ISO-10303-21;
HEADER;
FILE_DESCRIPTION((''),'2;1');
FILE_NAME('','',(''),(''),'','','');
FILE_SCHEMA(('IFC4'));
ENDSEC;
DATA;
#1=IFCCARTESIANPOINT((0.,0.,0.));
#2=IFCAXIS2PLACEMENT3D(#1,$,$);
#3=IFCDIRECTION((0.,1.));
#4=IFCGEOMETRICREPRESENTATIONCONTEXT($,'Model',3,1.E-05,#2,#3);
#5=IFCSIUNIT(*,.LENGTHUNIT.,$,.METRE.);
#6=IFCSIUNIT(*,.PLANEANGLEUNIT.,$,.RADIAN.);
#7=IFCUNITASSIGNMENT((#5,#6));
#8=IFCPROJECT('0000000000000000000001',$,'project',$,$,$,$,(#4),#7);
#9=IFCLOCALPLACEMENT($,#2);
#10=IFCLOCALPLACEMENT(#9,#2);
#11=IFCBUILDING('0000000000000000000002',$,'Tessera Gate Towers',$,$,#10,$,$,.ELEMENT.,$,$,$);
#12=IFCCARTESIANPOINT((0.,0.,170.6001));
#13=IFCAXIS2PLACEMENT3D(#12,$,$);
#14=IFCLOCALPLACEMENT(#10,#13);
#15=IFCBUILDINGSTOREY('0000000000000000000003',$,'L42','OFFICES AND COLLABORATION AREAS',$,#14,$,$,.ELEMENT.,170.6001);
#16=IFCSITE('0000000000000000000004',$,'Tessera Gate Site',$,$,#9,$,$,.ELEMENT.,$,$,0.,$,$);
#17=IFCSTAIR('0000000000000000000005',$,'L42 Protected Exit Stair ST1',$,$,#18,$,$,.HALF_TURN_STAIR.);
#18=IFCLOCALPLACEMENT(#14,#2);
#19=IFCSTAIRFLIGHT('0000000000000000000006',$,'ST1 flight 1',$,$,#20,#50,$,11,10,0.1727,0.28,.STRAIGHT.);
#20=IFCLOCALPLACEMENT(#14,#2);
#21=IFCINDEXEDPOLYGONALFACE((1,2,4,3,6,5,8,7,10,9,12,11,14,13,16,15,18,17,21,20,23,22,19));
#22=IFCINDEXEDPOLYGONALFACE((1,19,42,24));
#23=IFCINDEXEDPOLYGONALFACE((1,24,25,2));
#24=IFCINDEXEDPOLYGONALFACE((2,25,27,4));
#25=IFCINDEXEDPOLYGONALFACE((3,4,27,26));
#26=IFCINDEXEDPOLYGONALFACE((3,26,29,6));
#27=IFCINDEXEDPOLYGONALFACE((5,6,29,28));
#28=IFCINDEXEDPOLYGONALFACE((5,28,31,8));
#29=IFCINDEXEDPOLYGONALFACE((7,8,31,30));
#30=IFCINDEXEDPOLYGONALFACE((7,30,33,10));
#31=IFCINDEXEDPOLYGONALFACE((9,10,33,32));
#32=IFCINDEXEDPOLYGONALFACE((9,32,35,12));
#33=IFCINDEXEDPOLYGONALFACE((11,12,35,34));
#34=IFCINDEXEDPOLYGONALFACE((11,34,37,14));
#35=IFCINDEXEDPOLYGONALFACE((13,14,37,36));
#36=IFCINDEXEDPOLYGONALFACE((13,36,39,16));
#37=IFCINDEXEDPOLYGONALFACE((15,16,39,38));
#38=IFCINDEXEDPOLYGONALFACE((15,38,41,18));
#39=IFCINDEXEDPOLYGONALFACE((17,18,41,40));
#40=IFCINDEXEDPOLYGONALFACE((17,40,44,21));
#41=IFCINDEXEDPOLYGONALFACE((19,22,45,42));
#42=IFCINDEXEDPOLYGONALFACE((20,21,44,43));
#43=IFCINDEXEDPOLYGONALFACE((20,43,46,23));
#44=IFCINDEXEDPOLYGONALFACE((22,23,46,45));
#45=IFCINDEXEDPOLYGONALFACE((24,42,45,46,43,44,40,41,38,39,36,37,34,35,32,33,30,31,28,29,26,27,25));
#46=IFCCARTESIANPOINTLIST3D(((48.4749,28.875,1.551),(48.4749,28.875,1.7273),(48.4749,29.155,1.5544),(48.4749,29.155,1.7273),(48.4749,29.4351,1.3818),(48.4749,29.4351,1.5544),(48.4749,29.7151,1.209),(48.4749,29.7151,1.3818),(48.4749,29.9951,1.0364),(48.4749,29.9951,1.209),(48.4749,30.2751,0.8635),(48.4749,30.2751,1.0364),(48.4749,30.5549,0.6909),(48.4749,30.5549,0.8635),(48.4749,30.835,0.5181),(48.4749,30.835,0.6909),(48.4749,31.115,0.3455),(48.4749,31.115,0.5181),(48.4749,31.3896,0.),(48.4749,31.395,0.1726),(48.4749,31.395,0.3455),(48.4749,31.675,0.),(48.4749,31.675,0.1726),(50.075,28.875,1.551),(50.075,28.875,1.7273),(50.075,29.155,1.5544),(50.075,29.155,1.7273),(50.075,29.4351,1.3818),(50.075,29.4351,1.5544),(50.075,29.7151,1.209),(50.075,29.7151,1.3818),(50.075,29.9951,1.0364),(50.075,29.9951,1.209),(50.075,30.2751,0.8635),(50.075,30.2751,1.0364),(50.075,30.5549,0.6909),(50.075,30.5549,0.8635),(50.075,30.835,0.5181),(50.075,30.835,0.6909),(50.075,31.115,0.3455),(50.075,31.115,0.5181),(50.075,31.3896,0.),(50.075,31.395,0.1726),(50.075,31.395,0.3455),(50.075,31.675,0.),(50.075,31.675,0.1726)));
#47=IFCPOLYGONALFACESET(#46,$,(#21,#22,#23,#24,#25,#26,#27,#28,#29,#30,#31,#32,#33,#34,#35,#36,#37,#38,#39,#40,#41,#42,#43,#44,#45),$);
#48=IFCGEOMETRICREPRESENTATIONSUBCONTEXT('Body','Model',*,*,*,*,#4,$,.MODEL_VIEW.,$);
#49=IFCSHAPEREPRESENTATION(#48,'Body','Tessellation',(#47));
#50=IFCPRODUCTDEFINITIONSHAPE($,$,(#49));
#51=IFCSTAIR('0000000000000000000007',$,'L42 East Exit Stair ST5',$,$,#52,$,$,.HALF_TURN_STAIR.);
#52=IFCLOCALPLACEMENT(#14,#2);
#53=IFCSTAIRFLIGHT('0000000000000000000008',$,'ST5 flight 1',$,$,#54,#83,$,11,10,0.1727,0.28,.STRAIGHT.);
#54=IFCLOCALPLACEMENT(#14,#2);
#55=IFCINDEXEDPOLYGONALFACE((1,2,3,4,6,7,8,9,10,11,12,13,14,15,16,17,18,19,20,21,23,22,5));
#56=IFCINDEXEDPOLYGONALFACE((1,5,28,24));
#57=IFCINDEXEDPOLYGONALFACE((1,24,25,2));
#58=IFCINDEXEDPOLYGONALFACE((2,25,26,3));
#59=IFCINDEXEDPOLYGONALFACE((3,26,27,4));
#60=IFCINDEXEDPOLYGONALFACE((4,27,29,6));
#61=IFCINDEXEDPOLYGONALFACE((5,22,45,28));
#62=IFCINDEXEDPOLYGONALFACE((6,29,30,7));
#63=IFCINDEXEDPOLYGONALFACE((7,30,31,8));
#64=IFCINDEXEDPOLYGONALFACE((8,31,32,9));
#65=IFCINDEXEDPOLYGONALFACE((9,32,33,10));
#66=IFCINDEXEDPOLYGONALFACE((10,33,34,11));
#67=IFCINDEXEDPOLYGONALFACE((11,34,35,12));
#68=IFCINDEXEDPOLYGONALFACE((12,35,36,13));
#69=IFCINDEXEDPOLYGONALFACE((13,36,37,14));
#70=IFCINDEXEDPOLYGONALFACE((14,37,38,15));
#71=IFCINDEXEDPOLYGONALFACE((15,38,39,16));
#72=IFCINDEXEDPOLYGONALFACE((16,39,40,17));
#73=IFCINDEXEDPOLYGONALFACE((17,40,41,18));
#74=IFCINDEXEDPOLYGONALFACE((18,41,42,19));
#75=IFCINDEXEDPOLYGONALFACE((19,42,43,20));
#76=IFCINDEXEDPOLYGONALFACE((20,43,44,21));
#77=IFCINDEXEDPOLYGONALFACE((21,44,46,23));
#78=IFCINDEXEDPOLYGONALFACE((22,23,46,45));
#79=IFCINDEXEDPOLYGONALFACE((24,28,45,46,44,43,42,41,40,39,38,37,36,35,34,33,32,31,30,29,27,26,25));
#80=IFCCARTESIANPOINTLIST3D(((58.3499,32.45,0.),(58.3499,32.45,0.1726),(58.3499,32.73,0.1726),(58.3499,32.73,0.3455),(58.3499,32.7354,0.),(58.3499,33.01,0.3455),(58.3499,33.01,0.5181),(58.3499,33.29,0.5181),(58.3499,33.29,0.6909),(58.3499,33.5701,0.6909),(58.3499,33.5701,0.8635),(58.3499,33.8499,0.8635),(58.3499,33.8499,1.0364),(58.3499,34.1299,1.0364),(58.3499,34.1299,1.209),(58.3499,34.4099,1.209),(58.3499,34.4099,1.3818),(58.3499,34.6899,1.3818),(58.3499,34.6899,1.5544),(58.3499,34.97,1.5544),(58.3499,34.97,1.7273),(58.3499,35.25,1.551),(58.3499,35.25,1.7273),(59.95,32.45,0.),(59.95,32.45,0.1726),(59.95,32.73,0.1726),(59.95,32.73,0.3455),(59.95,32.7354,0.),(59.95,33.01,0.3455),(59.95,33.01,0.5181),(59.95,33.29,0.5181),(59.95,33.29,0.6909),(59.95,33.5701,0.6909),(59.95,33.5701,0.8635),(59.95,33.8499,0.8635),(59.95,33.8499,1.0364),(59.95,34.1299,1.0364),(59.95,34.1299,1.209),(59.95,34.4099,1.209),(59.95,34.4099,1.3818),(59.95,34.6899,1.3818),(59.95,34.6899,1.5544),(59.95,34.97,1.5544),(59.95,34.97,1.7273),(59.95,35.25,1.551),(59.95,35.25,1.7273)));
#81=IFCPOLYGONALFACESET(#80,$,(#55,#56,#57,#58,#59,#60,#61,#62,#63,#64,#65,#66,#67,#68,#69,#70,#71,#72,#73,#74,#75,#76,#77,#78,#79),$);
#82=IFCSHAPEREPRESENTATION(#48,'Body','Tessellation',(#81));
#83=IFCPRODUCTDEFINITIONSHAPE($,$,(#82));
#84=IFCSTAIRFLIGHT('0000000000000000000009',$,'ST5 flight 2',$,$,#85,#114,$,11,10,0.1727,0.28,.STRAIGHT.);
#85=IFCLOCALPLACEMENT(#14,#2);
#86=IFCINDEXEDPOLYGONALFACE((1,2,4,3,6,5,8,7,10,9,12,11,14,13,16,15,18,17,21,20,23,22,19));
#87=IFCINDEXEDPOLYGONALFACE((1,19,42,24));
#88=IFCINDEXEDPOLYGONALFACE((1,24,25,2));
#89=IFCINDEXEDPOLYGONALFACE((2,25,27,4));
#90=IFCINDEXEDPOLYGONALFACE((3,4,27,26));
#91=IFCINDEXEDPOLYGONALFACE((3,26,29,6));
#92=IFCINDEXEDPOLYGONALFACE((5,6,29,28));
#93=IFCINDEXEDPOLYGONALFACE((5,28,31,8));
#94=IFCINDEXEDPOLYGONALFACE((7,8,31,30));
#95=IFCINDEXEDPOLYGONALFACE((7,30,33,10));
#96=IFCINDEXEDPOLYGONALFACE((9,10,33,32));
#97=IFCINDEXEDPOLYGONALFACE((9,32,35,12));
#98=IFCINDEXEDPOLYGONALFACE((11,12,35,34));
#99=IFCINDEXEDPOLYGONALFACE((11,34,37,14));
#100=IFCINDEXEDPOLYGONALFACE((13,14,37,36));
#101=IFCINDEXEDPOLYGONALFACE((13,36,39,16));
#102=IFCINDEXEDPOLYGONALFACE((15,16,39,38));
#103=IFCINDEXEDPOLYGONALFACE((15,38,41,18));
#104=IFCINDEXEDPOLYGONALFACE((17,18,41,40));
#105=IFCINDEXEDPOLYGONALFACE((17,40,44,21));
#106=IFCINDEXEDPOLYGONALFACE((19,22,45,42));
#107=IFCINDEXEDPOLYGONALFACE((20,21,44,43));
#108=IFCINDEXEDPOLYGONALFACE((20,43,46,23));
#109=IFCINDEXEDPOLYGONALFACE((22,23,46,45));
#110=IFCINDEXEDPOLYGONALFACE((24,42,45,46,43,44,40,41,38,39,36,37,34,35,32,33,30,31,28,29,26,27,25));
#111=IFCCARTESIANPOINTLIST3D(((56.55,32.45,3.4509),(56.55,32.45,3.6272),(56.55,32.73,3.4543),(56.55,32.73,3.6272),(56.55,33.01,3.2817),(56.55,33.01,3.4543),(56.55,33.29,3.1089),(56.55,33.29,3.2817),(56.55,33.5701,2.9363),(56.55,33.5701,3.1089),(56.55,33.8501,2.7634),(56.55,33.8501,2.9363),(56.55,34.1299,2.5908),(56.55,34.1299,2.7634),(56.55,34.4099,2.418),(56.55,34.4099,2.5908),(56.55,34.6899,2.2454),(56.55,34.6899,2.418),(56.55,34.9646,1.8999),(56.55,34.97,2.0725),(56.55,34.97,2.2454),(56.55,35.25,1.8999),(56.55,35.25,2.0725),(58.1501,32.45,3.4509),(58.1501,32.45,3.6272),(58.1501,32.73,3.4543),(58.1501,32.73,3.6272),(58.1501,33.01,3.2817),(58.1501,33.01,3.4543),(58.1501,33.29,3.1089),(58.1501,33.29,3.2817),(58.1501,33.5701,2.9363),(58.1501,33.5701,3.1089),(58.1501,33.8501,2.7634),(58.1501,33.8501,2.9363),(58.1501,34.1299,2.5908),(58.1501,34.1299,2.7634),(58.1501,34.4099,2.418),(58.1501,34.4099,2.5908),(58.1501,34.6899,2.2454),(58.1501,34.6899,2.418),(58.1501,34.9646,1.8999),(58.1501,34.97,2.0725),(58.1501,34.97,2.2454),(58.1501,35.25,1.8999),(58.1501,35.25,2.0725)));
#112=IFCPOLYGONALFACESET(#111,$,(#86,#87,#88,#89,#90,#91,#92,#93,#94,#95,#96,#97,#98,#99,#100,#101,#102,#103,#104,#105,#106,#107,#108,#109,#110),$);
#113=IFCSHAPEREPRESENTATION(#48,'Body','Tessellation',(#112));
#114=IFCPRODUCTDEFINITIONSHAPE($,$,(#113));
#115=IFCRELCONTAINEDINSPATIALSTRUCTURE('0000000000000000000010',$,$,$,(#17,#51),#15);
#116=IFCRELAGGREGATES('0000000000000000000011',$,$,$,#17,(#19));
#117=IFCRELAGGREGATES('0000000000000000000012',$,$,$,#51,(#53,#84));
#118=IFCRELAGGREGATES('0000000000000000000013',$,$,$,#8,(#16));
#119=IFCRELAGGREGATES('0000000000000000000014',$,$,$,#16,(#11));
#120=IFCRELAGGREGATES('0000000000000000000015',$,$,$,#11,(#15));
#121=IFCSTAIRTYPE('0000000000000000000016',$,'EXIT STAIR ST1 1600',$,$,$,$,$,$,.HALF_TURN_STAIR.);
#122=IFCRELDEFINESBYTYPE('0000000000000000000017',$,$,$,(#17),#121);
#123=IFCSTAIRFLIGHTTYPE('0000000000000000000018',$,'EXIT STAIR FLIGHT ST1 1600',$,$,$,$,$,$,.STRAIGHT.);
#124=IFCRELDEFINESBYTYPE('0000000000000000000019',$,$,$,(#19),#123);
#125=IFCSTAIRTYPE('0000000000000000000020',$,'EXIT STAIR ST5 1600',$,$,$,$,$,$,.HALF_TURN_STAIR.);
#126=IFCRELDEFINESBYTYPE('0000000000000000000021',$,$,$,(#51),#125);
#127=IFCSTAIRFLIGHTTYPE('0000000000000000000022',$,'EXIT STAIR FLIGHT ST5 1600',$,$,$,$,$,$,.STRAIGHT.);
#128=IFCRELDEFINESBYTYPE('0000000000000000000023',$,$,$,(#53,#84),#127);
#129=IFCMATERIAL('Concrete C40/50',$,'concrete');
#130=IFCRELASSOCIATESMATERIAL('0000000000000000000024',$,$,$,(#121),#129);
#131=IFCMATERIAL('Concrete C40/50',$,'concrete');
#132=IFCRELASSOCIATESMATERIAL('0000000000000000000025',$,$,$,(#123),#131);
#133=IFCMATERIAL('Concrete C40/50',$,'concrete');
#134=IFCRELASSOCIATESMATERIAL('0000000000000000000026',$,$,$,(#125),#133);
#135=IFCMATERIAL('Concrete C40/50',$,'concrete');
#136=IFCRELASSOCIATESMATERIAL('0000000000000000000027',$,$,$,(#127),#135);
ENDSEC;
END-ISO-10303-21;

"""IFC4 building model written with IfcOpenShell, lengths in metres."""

from ifc_helpers import new_model, si_unit, direction, frame, origin, place, context, subcontext, project, spatial, polyline, outline, extrude, material, type_object, element, aggregate, save


model = new_model("IFC4")

# Units and contexts
model_context = context("Model", 3, precision=1e-05, world=origin(), true_north=direction((0.0, 1.0)))
body_context = subcontext(model_context, "Body", "Model", "MODEL_VIEW")
ifc_project = project(units=[si_unit("LENGTHUNIT", "METRE"), si_unit("PLANEANGLEUNIT", "RADIAN")], contexts=[model_context])

# Site, building, storey
site_placement = place(None, origin())
site = spatial("IfcSite", under=ifc_project, at=site_placement, Name="Tessera Gate Site", CompositionType="ELEMENT", RefElevation=0.0)
building_placement = place(site_placement, origin())
building = spatial("IfcBuilding", under=site, at=building_placement, Name="Tessera Gate Towers", CompositionType="ELEMENT")
storey_placement = place(building_placement, frame((0.0, 0.0, 170.6001)))
storey = spatial("IfcBuildingStorey", under=building, at=storey_placement, Name="L42", Description="OFFICES AND COLLABORATION AREAS", CompositionType="ELEMENT", Elevation=170.6001)

# Stair, stair flight
ifc_material_1 = material(Name="Concrete C40/50", Category="concrete")
stair_type_1 = type_object("IfcStairType", Name="EXIT STAIR ST1 1600", PredefinedType="HALF_TURN_STAIR", material=ifc_material_1)
stair_1_placement = place(storey_placement, origin())
stair_1 = element("IfcStair", 1, at=stair_1_placement, inside=storey, type_object=stair_type_1, Name="L42 Protected Exit Stair ST1", PredefinedType="HALF_TURN_STAIR")
ifc_material_2 = material(Name="Concrete C40/50", Category="concrete")
stair_flight_type_1 = type_object("IfcStairFlightType", Name="EXIT STAIR FLIGHT ST1 1600", PredefinedType="STRAIGHT", material=ifc_material_2)
stair_flight_1_placement = place(storey_placement, frame((49.2749, 31.675, 0.0), z_axis=(0.0, 0.0, 1.0), x_axis=(0.0, -1.0, 0.0)))
stair_flight_1 = element("IfcStairFlight", 2, at=stair_flight_1_placement, type_object=stair_flight_type_1, Name="ST1 flight 1", NumberOfRisers=11, NumberOfTreads=10, PredefinedType="STRAIGHT", RiserHeight=0.1727, TreadLength=0.28, context=body_context, shape_type="SweptSolid", body=[
    extrude(outline(polyline([(0.0, 0.0), (0.0, 0.1726), (0.28, 0.1726), (0.28, 0.3455), (0.5601, 0.3455), (0.5601, 0.5181), (0.8401, 0.5181), (0.8401, 0.6909), (1.1201, 0.6909), (1.1201, 0.8635), (1.3999, 0.8635), (1.3999, 1.0364), (1.6799, 1.0364), (1.6799, 1.209), (1.96, 1.209), (1.96, 1.3818), (2.24, 1.3818), (2.24, 1.5544), (2.52, 1.5544), (2.52, 1.7273), (2.8, 1.7273), (2.8, 1.8999), (2.8, 1.551), (0.2854, 0.0), (0.0, 0.0)])), frame((0.0, 0.8, 0.0), z_axis=(0.0, -1.0, 0.0), x_axis=(1.0, 0.0, 0.0)), (0.0, 0.0, 1.0), 1.6001),
])
aggregate(stair_1, [stair_flight_1])

# Stair, stair flights
ifc_material_3 = material(Name="Concrete C40/50", Category="concrete")
stair_type_2 = type_object("IfcStairType", Name="EXIT STAIR ST5 1600", PredefinedType="HALF_TURN_STAIR", material=ifc_material_3)
stair_2_placement = place(storey_placement, origin())
stair_2 = element("IfcStair", 3, at=stair_2_placement, inside=storey, type_object=stair_type_2, Name="L42 East Exit Stair ST5", PredefinedType="HALF_TURN_STAIR")
ifc_material_4 = material(Name="Concrete C40/50", Category="concrete")
stair_flight_type_2 = type_object("IfcStairFlightType", Name="EXIT STAIR FLIGHT ST5 1600", PredefinedType="STRAIGHT", material=ifc_material_4)
stair_flight_2_placement = place(storey_placement, frame((59.1499, 32.45, 0.0), z_axis=(0.0, 0.0, 1.0), x_axis=(0.0, 1.0, 0.0)))
stair_flight_2 = element("IfcStairFlight", 4, at=stair_flight_2_placement, type_object=stair_flight_type_2, Name="ST5 flight 1", NumberOfRisers=11, NumberOfTreads=10, PredefinedType="STRAIGHT", RiserHeight=0.1727, TreadLength=0.28, context=body_context, shape_type="SweptSolid", body=[
    extrude(outline(polyline([(0.0, 0.0), (0.0, 0.1726), (0.28, 0.1726), (0.28, 0.3455), (0.5601, 0.3455), (0.5601, 0.5181), (0.8401, 0.5181), (0.8401, 0.6909), (1.1201, 0.6909), (1.1201, 0.8635), (1.3999, 0.8635), (1.3999, 1.0364), (1.6799, 1.0364), (1.6799, 1.209), (1.96, 1.209), (1.96, 1.3818), (2.24, 1.3818), (2.24, 1.5544), (2.52, 1.5544), (2.52, 1.7273), (2.8, 1.7273), (2.8, 1.8999), (2.8, 1.551), (0.2854, 0.0), (0.0, 0.0)])), frame((0.0, 0.8, 0.0), z_axis=(0.0, -1.0, 0.0), x_axis=(1.0, 0.0, 0.0)), (0.0, 0.0, 1.0), 1.6001),
])
stair_flight_3_placement = place(storey_placement, frame((57.3501, 35.25, 1.8999), z_axis=(0.0, 0.0, 1.0), x_axis=(0.0, -1.0, 0.0)))
stair_flight_3 = element("IfcStairFlight", 5, at=stair_flight_3_placement, type_object=stair_flight_type_2, Name="ST5 flight 2", NumberOfRisers=11, NumberOfTreads=10, PredefinedType="STRAIGHT", RiserHeight=0.1727, TreadLength=0.28, context=body_context, shape_type="SweptSolid", body=[
    extrude(outline(polyline([(0.0, 0.0), (0.0, 0.1726), (0.28, 0.1726), (0.28, 0.3455), (0.5601, 0.3455), (0.5601, 0.5181), (0.8401, 0.5181), (0.8401, 0.6909), (1.1201, 0.6909), (1.1201, 0.8635), (1.3999, 0.8635), (1.3999, 1.0364), (1.6799, 1.0364), (1.6799, 1.209), (1.96, 1.209), (1.96, 1.3818), (2.24, 1.3818), (2.24, 1.5544), (2.52, 1.5544), (2.52, 1.7273), (2.8, 1.7273), (2.8, 1.8999), (2.8, 1.551), (0.2854, 0.0), (0.0, 0.0)])), frame((0.0, 0.8, 0.0), z_axis=(0.0, -1.0, 0.0), x_axis=(1.0, 0.0, 0.0)), (0.0, 0.0, 1.0), 1.6001),
])
aggregate(stair_2, [stair_flight_2, stair_flight_3])

save(model, "model.ifc")
